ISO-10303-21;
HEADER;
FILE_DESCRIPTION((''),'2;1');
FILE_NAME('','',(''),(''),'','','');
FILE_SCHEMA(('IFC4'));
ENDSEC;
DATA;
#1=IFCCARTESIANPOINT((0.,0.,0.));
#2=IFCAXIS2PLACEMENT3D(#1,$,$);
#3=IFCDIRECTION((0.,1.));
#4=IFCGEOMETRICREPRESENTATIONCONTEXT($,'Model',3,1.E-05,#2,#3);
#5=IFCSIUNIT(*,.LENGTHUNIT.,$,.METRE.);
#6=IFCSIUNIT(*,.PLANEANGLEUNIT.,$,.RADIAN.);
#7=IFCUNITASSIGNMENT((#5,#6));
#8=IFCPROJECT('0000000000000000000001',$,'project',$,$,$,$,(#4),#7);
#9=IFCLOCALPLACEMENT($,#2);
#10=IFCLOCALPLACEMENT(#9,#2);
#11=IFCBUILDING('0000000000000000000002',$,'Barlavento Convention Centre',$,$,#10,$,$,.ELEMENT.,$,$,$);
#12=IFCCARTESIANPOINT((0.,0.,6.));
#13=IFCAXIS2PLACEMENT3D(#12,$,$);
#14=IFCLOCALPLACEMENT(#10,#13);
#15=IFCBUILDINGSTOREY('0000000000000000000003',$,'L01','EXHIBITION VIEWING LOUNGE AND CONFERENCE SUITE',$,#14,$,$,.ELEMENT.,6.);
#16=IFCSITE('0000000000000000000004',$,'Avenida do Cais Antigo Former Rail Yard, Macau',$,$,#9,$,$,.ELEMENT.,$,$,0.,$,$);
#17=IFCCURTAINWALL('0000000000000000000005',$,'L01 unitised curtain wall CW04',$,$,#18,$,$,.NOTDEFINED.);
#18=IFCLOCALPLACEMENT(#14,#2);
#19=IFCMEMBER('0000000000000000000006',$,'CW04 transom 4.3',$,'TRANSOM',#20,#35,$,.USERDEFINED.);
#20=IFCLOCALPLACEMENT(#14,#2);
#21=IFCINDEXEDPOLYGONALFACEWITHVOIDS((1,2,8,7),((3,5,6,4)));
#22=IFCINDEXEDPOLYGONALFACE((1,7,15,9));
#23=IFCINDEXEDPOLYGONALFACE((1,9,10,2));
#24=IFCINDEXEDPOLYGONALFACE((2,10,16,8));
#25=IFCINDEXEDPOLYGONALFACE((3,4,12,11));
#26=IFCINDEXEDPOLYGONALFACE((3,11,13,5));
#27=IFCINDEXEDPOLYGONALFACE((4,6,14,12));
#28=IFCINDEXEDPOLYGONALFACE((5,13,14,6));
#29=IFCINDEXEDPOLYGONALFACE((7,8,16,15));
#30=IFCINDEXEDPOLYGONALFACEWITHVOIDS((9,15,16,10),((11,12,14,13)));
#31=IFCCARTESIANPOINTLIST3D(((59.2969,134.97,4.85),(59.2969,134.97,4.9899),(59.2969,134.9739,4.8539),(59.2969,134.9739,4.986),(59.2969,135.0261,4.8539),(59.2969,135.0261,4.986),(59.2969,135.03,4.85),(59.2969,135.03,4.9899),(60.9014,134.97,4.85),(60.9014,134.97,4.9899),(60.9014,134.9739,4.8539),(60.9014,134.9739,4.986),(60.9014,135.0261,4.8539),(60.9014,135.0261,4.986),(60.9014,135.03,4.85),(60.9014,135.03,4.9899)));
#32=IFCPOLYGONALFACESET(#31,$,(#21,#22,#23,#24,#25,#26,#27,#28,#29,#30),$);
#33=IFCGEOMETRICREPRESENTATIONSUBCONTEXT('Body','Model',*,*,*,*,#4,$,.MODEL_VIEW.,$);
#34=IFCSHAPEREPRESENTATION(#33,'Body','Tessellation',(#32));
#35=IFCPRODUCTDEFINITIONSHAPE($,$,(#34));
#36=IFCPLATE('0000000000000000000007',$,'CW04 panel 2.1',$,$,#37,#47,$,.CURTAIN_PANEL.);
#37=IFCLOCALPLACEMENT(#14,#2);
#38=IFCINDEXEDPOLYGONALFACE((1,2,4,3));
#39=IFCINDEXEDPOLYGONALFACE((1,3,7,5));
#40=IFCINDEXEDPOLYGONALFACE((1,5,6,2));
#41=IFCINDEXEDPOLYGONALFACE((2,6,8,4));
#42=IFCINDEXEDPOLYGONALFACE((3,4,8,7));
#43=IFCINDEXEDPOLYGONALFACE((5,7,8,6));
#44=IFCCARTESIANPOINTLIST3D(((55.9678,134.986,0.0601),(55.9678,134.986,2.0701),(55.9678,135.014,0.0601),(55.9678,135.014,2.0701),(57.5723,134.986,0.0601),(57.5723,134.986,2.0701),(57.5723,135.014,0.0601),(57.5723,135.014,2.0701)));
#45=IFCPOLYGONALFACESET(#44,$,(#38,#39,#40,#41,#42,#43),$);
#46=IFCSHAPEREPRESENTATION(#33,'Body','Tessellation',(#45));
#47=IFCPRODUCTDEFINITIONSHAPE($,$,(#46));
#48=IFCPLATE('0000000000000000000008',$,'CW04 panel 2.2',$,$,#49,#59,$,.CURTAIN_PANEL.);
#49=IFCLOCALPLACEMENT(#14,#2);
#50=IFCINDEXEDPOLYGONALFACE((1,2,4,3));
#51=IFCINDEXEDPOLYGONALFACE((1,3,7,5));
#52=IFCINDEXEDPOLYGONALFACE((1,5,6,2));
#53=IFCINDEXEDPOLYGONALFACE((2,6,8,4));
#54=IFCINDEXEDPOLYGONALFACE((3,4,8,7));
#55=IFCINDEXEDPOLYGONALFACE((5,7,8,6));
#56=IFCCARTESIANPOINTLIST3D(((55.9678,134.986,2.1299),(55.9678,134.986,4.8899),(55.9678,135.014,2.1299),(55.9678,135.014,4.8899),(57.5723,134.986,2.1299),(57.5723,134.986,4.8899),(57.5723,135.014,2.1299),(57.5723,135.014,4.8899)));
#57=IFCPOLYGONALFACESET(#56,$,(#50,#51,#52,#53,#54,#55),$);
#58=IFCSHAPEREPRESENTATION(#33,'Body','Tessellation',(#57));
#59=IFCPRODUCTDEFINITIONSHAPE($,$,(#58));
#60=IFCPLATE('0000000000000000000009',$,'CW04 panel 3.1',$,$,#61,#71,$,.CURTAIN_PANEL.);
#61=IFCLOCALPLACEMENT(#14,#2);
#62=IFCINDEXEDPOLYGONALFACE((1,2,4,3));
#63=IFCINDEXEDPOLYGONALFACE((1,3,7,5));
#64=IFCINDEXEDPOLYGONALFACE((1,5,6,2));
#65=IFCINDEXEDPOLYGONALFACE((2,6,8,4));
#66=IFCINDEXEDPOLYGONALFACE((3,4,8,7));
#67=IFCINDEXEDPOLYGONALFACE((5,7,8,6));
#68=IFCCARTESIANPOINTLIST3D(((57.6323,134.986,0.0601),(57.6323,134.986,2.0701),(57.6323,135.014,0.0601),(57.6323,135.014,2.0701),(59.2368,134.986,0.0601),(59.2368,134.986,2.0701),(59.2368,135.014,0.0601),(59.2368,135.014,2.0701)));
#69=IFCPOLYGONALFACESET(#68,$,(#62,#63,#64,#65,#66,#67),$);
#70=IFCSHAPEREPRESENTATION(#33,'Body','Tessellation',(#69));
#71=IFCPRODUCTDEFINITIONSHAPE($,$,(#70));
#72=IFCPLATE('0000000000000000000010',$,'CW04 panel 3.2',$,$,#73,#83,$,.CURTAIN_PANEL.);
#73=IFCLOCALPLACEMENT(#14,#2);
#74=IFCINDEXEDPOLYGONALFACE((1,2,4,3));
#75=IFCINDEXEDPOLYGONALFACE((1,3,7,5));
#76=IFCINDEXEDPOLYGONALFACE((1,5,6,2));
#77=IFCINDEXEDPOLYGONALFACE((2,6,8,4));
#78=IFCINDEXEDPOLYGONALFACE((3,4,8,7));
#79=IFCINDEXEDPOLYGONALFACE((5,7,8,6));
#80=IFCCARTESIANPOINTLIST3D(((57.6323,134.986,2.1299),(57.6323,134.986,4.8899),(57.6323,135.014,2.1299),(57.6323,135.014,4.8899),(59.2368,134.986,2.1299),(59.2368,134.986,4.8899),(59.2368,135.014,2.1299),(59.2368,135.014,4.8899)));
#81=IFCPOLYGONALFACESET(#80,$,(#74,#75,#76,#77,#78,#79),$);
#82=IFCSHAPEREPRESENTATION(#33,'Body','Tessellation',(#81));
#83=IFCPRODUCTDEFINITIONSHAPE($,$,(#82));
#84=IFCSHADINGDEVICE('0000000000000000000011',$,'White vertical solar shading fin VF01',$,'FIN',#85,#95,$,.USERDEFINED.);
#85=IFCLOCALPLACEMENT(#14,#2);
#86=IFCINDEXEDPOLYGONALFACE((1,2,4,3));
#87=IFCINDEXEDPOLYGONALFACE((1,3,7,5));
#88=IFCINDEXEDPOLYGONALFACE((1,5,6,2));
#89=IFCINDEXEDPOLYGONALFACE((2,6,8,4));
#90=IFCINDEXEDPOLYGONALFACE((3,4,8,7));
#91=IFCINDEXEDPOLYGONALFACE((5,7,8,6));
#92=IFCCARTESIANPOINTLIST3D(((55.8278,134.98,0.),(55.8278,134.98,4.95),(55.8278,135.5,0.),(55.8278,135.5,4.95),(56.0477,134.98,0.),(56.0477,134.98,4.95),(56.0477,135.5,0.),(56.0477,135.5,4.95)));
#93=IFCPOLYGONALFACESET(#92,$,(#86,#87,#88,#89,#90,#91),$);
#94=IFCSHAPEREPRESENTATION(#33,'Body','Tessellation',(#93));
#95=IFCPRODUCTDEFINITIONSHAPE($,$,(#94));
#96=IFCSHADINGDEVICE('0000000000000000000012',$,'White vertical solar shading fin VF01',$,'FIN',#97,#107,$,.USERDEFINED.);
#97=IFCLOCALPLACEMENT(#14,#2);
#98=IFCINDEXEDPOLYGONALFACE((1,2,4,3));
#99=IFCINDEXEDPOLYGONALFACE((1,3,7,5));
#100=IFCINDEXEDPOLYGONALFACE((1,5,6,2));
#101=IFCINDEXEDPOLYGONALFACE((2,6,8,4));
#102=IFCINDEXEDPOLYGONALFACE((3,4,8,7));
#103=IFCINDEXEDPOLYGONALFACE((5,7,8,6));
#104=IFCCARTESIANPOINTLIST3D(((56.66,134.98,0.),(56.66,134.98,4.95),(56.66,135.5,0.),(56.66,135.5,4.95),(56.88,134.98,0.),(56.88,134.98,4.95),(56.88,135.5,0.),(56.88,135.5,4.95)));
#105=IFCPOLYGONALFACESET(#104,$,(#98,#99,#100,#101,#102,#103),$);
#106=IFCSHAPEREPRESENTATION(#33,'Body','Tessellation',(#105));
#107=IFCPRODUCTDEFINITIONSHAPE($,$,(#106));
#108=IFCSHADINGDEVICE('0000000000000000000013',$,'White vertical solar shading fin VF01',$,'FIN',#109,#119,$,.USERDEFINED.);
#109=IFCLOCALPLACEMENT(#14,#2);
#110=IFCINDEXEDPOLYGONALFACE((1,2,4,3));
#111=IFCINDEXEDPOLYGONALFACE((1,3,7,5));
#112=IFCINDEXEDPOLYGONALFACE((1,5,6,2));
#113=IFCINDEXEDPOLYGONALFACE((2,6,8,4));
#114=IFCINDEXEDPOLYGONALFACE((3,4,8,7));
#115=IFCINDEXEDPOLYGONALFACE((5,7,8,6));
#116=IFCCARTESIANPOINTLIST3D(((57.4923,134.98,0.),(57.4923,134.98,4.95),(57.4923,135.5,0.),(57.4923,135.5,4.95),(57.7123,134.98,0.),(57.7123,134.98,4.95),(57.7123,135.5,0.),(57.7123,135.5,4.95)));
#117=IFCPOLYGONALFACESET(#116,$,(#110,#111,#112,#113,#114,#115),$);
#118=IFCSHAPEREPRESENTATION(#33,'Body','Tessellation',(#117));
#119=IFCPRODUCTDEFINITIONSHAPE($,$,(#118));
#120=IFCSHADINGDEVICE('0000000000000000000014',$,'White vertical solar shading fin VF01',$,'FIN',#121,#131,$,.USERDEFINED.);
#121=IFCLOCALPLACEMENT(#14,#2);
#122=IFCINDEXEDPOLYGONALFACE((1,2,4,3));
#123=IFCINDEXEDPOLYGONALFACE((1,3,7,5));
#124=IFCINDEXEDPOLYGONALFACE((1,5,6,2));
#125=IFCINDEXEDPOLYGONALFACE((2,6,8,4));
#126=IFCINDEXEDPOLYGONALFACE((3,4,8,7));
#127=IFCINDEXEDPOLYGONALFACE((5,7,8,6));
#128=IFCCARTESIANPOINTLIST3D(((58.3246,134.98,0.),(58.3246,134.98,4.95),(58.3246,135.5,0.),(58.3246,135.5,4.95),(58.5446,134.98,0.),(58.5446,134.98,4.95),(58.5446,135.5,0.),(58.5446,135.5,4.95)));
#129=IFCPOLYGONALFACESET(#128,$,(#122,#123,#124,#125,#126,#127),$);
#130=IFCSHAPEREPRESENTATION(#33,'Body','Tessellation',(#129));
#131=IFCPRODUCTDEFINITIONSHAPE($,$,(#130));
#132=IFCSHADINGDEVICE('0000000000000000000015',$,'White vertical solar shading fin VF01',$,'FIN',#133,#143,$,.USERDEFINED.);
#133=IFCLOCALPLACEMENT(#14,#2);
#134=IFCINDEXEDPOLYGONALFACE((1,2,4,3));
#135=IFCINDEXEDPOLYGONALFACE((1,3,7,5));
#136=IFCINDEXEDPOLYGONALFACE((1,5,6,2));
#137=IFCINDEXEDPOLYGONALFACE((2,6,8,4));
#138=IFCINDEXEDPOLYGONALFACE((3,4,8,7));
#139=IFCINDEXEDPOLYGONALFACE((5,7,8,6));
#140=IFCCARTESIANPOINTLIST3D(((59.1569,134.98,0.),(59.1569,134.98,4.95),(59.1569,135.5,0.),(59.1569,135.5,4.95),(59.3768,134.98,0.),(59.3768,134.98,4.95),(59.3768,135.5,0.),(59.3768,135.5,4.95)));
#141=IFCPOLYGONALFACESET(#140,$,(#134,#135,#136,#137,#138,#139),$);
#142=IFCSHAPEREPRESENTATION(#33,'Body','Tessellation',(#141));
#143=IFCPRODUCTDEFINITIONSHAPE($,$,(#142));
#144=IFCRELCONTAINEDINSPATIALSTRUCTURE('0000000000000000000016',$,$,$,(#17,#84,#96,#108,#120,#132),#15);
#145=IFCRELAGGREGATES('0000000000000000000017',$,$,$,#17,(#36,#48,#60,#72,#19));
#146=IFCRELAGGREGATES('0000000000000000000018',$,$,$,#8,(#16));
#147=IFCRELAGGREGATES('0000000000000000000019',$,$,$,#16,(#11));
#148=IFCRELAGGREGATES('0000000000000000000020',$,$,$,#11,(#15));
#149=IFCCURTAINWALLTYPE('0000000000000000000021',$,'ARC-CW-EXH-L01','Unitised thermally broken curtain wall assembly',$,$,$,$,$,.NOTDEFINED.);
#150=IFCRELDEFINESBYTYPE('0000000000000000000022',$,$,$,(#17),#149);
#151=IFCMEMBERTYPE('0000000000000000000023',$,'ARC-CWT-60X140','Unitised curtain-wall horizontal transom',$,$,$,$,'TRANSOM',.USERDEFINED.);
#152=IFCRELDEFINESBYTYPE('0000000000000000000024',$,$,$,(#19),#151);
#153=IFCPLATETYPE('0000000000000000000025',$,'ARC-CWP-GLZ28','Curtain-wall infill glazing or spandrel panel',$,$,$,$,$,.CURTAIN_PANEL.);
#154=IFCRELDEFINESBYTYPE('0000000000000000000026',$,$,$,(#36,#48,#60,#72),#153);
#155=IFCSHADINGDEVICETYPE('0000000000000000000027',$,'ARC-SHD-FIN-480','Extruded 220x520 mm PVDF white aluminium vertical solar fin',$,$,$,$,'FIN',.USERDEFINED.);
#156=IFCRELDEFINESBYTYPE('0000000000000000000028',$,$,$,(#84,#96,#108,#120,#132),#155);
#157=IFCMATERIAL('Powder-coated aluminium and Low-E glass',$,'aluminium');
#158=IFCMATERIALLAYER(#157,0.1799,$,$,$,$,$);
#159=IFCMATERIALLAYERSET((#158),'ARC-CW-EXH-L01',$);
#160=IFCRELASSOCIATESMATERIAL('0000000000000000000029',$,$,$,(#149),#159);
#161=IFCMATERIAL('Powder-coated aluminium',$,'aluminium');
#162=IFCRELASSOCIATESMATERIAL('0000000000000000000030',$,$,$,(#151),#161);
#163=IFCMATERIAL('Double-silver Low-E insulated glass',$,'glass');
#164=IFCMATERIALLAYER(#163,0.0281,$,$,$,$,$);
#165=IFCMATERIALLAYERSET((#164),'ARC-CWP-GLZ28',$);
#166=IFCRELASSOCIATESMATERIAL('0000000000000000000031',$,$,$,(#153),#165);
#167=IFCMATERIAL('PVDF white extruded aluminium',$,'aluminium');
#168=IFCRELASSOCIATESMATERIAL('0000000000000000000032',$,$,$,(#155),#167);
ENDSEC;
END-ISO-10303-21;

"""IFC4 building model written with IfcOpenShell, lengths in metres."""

from ifc_helpers import new_model, si_unit, direction, frame, origin, origin_2d, place, context, subcontext, project, spatial, rectangle, hollow_rectangle, extrude, material, layer, layer_set, material_profile, profile_set, type_object, element, aggregate, save


model = new_model("IFC4")

# Units and contexts
model_context = context("Model", 3, precision=1e-05, world=origin(), true_north=direction((0.0, 1.0)))
body_context = subcontext(model_context, "Body", "Model", "MODEL_VIEW")
ifc_project = project(units=[si_unit("LENGTHUNIT", "METRE"), si_unit("PLANEANGLEUNIT", "RADIAN")], contexts=[model_context])

# Site, building, storey
site_placement = place(None, origin())
site = spatial("IfcSite", under=ifc_project, at=site_placement, Name="Avenida do Cais Antigo Former Rail Yard, Macau", CompositionType="ELEMENT", RefElevation=0.0)
building_placement = place(site_placement, origin())
building = spatial("IfcBuilding", under=site, at=building_placement, Name="Barlavento Convention Centre", CompositionType="ELEMENT")
storey_placement = place(building_placement, frame((0.0, 0.0, 6.0)))
storey = spatial("IfcBuildingStorey", under=building, at=storey_placement, Name="L01", Description="EXHIBITION VIEWING LOUNGE AND CONFERENCE SUITE", CompositionType="ELEMENT", Elevation=6.0)

# Curtain wall, member, plates
ifc_material_1 = material(Name="Powder-coated aluminium and Low-E glass", Category="aluminium")
ifc_layer_1 = layer(ifc_material_1, 0.1799)
ifc_layer_set_1 = layer_set([ifc_layer_1], Name="ARC-CW-EXH-L01")
curtain_wall_type = type_object("IfcCurtainWallType", Name="ARC-CW-EXH-L01", Description="Unitised thermally broken curtain wall assembly", PredefinedType="NOTDEFINED", material=ifc_layer_set_1)
curtain_wall_placement = place(storey_placement, origin())
curtain_wall = element("IfcCurtainWall", 1, at=curtain_wall_placement, inside=storey, type_object=curtain_wall_type, Name="L01 unitised curtain wall CW04", PredefinedType="NOTDEFINED")
ifc_material_2 = material(Name="Powder-coated aluminium", Category="aluminium")
ifc_material_profile_1 = material_profile(ifc_material_2, hollow_rectangle(XDim=0.0601, YDim=0.1399, WallThickness=0.0039, at=origin_2d()), Name="AL-TRAN 60x140x4")
ifc_profile_set_1 = profile_set([ifc_material_profile_1], Name="Powder-coated aluminium")
member_type_1 = type_object("IfcMemberType", Name="ARC-CWT-60X140", Description="Unitised curtain-wall horizontal transom", ElementType="TRANSOM", PredefinedType="USERDEFINED", material=ifc_profile_set_1)
member_1_placement = place(storey_placement, frame((59.2969, 135.0, 4.9199), z_axis=(1.0, 0.0, 0.0), x_axis=(0.0, 1.0, 0.0)))
member_1 = element("IfcMember", 2, at=member_1_placement, type_object=member_type_1, Name="CW04 transom 4.3", ObjectType="TRANSOM", PredefinedType="USERDEFINED", context=body_context, shape_type="SweptSolid", body=[
    extrude(hollow_rectangle(XDim=0.0601, YDim=0.1399, WallThickness=0.0039, at=origin_2d()), origin(), (0.0, 0.0, 1.0), 1.6045),
])
ifc_material_3 = material(Name="Double-silver Low-E insulated glass", Category="glass")
ifc_layer_2 = layer(ifc_material_3, 0.0281)
ifc_layer_set_2 = layer_set([ifc_layer_2], Name="ARC-CWP-GLZ28")
plate_type = type_object("IfcPlateType", Name="ARC-CWP-GLZ28", Description="Curtain-wall infill glazing or spandrel panel", PredefinedType="CURTAIN_PANEL", material=ifc_layer_set_2)
plate_1_placement = place(storey_placement, frame((56.77, 135.0, 0.0601), z_axis=(0.0, 0.0, 1.0), x_axis=(1.0, 0.0, 0.0)))
plate_1 = element("IfcPlate", 3, at=plate_1_placement, type_object=plate_type, Name="CW04 panel 2.1", PredefinedType="CURTAIN_PANEL", context=body_context, shape_type="SweptSolid", body=[
    extrude(rectangle(XDim=1.6045, YDim=0.0281, at=origin_2d()), origin(), (0.0, 0.0, 1.0), 2.01),
])
plate_2_placement = place(storey_placement, frame((56.77, 135.0, 2.1299), z_axis=(0.0, 0.0, 1.0), x_axis=(1.0, 0.0, 0.0)))
plate_2 = element("IfcPlate", 4, at=plate_2_placement, type_object=plate_type, Name="CW04 panel 2.2", PredefinedType="CURTAIN_PANEL", context=body_context, shape_type="SweptSolid", body=[
    extrude(rectangle(XDim=1.6045, YDim=0.0281, at=origin_2d()), origin(), (0.0, 0.0, 1.0), 2.76),
])
plate_3_placement = place(storey_placement, frame((58.4346, 135.0, 0.0601), z_axis=(0.0, 0.0, 1.0), x_axis=(1.0, 0.0, 0.0)))
plate_3 = element("IfcPlate", 5, at=plate_3_placement, type_object=plate_type, Name="CW04 panel 3.1", PredefinedType="CURTAIN_PANEL", context=body_context, shape_type="SweptSolid", body=[
    extrude(rectangle(XDim=1.6045, YDim=0.0281, at=origin_2d()), origin(), (0.0, 0.0, 1.0), 2.01),
])
plate_4_placement = place(storey_placement, frame((58.4346, 135.0, 2.1299), z_axis=(0.0, 0.0, 1.0), x_axis=(1.0, 0.0, 0.0)))
plate_4 = element("IfcPlate", 6, at=plate_4_placement, type_object=plate_type, Name="CW04 panel 3.2", PredefinedType="CURTAIN_PANEL", context=body_context, shape_type="SweptSolid", body=[
    extrude(rectangle(XDim=1.6045, YDim=0.0281, at=origin_2d()), origin(), (0.0, 0.0, 1.0), 2.76),
])
aggregate(curtain_wall, [plate_1, plate_2, plate_3, plate_4, member_1])

# Shading devices
ifc_material_4 = material(Name="PVDF white extruded aluminium", Category="aluminium")
shading_device_type = type_object("IfcShadingDeviceType", Name="ARC-SHD-FIN-480", Description="Extruded 220x520 mm PVDF white aluminium vertical solar fin", ElementType="FIN", PredefinedType="USERDEFINED", material=ifc_material_4)
for number, where, z_axis, x_axis, name in (
    (7, (55.9377, 135.24, 0.0), (0.0, 0.0, 1.0), (1.0, 0.0, 0.0), "White vertical solar shading fin VF01"),
    (8, (56.77, 135.24, 0.0), (0.0, 0.0, 1.0), (1.0, 0.0, 0.0), "White vertical solar shading fin VF01"),
    (9, (57.6023, 135.24, 0.0), (0.0, 0.0, 1.0), (1.0, 0.0, 0.0), "White vertical solar shading fin VF01"),
    (10, (58.4346, 135.24, 0.0), (0.0, 0.0, 1.0), (1.0, 0.0, 0.0), "White vertical solar shading fin VF01"),
    (11, (59.2668, 135.24, 0.0), (0.0, 0.0, 1.0), (1.0, 0.0, 0.0), "White vertical solar shading fin VF01"),
):
    element("IfcShadingDevice", number, at=place(storey_placement, frame(where, z_axis=z_axis, x_axis=x_axis)), inside=storey, type_object=shading_device_type, Name=name, ObjectType="FIN", PredefinedType="USERDEFINED", context=body_context, shape_type="SweptSolid", body=[
        extrude(rectangle(XDim=0.22, YDim=0.52, at=origin_2d()), origin(), (0.0, 0.0, 1.0), 4.95),
    ])

save(model, "model.ifc")
